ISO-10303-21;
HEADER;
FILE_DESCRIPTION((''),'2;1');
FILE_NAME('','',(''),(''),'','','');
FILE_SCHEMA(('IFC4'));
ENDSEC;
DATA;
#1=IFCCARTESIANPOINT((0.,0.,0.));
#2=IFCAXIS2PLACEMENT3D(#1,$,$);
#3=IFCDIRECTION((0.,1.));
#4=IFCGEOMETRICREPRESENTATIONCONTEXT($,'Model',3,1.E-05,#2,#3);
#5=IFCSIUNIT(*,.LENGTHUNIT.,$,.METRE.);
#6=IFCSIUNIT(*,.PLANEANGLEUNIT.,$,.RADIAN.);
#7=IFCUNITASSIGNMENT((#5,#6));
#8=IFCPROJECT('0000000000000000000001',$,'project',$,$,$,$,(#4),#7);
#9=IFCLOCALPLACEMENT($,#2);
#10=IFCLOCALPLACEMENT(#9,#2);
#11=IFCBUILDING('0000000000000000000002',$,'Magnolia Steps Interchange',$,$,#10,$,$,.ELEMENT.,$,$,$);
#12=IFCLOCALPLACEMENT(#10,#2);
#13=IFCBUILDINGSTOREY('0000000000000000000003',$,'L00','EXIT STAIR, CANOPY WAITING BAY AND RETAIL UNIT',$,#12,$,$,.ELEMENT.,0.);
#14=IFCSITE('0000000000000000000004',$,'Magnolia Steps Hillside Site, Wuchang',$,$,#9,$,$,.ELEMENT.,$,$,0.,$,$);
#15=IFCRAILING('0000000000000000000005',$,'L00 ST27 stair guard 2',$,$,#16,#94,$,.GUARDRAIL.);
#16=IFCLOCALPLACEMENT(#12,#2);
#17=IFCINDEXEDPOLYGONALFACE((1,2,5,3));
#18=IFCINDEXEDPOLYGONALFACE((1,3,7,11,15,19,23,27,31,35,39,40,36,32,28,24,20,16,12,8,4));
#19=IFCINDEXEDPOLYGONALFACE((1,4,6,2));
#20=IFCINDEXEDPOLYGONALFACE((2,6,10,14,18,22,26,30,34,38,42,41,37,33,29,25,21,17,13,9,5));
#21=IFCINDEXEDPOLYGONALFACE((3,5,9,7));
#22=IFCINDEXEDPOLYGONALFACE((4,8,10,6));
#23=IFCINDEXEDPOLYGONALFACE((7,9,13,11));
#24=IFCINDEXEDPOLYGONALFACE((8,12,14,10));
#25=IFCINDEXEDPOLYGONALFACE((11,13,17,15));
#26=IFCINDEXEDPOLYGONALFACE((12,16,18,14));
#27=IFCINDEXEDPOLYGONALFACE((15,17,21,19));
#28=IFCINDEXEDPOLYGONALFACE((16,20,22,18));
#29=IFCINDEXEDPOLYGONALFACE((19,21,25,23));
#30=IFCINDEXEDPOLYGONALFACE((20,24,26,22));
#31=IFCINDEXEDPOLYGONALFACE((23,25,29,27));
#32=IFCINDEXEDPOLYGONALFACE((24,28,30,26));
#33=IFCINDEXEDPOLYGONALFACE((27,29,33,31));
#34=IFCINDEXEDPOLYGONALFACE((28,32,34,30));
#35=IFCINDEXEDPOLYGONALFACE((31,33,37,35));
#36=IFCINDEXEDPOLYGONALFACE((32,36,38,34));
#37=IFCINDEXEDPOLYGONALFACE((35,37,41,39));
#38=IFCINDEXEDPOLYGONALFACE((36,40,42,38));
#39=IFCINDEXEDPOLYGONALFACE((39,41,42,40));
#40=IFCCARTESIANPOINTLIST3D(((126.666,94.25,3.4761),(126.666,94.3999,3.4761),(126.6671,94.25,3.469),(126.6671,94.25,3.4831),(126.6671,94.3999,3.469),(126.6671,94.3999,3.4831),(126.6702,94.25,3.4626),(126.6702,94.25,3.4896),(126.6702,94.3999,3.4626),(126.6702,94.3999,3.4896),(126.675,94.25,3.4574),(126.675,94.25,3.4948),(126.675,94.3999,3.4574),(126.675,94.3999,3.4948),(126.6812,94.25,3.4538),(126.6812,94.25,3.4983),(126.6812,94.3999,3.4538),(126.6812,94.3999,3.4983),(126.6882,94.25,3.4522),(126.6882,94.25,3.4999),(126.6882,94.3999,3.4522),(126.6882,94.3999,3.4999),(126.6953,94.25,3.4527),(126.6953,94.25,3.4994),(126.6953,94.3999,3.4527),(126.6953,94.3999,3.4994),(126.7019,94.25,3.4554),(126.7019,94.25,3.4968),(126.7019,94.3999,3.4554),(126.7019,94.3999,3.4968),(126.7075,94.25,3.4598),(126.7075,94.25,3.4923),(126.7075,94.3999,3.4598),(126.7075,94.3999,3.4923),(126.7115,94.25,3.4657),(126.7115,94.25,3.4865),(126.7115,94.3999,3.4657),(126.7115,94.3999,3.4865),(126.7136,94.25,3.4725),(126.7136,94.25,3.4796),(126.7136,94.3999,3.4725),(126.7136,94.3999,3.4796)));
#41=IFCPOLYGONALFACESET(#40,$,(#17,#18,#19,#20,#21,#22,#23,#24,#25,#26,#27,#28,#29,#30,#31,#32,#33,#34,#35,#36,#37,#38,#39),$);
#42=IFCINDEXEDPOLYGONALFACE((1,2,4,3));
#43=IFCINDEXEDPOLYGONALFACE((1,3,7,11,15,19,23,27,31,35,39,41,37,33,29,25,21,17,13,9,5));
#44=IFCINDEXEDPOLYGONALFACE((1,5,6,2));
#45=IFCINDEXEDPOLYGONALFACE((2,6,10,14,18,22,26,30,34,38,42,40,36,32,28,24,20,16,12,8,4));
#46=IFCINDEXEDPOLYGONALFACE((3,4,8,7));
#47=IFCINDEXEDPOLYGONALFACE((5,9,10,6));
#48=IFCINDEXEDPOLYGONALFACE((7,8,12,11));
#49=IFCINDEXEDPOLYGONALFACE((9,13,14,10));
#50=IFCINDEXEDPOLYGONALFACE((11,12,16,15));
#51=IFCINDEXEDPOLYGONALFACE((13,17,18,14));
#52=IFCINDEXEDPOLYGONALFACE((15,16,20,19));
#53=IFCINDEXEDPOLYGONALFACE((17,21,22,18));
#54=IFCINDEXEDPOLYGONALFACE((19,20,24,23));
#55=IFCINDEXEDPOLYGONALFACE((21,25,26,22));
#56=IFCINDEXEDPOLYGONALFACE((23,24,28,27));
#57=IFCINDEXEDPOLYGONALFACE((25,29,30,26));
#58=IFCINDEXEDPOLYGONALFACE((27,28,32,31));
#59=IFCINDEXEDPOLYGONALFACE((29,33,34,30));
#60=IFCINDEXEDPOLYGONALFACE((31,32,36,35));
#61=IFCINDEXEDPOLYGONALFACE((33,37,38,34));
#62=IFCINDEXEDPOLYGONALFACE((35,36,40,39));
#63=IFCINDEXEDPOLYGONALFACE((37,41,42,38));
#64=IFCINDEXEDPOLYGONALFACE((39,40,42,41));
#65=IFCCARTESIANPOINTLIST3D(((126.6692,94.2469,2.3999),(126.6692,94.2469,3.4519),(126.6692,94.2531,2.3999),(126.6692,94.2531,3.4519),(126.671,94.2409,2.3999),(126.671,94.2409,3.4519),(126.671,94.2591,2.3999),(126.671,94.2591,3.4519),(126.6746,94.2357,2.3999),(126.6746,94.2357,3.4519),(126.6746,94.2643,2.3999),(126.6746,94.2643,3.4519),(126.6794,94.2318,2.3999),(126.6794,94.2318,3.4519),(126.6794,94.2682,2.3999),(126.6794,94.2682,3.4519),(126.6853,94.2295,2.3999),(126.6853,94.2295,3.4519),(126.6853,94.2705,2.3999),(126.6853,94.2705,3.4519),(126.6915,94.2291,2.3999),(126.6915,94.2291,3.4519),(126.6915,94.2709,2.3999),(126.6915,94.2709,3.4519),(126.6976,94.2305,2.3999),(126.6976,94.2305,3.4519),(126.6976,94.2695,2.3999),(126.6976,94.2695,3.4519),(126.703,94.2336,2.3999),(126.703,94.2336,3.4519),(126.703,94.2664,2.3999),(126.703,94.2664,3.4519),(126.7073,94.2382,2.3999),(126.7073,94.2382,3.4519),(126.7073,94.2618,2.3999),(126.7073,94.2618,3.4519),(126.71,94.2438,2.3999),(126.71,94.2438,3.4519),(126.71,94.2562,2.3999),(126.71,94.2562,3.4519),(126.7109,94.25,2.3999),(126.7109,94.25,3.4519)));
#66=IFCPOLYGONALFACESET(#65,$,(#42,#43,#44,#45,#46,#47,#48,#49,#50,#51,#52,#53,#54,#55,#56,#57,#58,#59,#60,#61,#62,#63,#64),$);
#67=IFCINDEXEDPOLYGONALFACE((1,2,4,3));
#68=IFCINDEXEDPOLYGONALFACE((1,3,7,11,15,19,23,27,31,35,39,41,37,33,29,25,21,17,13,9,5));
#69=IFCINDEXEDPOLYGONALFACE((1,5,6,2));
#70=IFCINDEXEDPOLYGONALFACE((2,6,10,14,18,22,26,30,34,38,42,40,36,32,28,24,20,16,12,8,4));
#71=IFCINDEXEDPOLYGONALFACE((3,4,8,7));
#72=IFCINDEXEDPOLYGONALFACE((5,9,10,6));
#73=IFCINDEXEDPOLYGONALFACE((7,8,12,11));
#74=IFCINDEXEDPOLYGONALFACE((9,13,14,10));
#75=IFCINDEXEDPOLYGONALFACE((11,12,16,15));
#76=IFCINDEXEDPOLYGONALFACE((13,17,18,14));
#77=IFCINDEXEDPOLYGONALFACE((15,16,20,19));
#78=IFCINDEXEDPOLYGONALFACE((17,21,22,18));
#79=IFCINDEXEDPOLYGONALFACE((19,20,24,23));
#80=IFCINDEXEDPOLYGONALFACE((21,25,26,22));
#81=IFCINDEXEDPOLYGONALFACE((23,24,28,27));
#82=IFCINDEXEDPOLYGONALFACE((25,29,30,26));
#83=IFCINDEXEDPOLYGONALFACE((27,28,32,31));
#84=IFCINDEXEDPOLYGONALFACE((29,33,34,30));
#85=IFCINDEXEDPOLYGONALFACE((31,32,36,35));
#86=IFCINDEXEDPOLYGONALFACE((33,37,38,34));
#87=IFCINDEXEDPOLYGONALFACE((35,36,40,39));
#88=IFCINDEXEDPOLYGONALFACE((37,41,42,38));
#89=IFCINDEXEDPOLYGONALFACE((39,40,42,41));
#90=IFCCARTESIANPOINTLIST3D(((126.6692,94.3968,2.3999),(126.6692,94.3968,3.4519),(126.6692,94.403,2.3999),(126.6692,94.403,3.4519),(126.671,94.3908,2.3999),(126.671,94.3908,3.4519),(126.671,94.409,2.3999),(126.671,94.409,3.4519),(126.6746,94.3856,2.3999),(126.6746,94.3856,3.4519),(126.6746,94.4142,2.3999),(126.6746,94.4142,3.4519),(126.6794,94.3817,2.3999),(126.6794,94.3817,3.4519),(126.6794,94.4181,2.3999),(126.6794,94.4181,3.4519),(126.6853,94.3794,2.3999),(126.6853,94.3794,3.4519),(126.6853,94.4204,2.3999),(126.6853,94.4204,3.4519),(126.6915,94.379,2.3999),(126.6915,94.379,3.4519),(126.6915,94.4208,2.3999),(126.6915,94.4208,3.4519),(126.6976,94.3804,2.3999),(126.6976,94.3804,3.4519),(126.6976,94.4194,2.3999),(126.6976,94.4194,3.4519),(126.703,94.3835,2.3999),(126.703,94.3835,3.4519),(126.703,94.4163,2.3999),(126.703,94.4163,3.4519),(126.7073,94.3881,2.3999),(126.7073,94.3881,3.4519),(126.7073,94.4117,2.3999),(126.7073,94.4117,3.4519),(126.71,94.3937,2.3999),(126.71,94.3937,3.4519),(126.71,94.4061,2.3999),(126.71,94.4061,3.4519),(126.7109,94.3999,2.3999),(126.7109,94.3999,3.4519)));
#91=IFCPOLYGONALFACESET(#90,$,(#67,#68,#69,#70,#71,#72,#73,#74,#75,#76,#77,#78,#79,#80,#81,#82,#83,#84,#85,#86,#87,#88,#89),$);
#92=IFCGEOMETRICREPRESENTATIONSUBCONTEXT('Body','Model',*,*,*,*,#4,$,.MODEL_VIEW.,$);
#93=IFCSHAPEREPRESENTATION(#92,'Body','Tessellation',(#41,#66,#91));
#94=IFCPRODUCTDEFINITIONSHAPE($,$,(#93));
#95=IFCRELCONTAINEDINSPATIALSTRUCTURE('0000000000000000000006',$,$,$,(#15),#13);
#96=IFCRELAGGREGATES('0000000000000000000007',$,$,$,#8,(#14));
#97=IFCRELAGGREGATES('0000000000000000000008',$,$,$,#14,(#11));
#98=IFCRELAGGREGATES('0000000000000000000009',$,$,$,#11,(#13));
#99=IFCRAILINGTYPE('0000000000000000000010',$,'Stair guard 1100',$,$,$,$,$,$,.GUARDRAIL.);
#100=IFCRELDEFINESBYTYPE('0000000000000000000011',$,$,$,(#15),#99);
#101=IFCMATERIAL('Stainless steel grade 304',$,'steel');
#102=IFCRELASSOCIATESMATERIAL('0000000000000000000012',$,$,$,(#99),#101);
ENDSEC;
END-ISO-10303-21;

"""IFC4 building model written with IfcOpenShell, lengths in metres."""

from ifc_helpers import new_model, si_unit, direction, frame, origin, origin_2d, place, context, subcontext, project, spatial, circle, extrude, material, type_object, element, save


model = new_model("IFC4")

# Units and contexts
model_context = context("Model", 3, precision=1e-05, world=origin(), true_north=direction((0.0, 1.0)))
body_context = subcontext(model_context, "Body", "Model", "MODEL_VIEW")
ifc_project = project(units=[si_unit("LENGTHUNIT", "METRE"), si_unit("PLANEANGLEUNIT", "RADIAN")], contexts=[model_context])

# Site, building, storey
site_placement = place(None, origin())
site = spatial("IfcSite", under=ifc_project, at=site_placement, Name="Magnolia Steps Hillside Site, Wuchang", CompositionType="ELEMENT", RefElevation=0.0)
building_placement = place(site_placement, origin())
building = spatial("IfcBuilding", under=site, at=building_placement, Name="Magnolia Steps Interchange", CompositionType="ELEMENT")
storey_placement = place(building_placement, origin())
storey = spatial("IfcBuildingStorey", under=building, at=storey_placement, Name="L00", Description="EXIT STAIR, CANOPY WAITING BAY AND RETAIL UNIT", CompositionType="ELEMENT", Elevation=0.0)

# Railing
ifc_material_1 = material(Name="Stainless steel grade 304", Category="steel")
railing_type_1 = type_object("IfcRailingType", Name="Stair guard 1100", PredefinedType="GUARDRAIL", material=ifc_material_1)
railing_1_placement = place(storey_placement, frame((126.6899, 94.25, 2.3999)))
element("IfcRailing", 1, at=railing_1_placement, inside=storey, type_object=railing_type_1, Name="L00 ST27 stair guard 2", PredefinedType="GUARDRAIL", context=body_context, shape_type="SweptSolid", body=[
    extrude(circle(Radius=0.0239, at=origin_2d()), frame((0.0, 0.0, 1.0762), z_axis=(0.0, 1.0, 0.0), x_axis=(-1.0, 0.0, 0.0)), (0.0, 0.0, 1.0), 0.1499),
    extrude(circle(Radius=0.021, at=origin_2d()), origin(), (0.0, 0.0, 1.0), 1.052),
    extrude(circle(Radius=0.021, at=origin_2d()), frame((0.0, 0.1499, 0.0)), (0.0, 0.0, 1.0), 1.052),
])

save(model, "model.ifc")
